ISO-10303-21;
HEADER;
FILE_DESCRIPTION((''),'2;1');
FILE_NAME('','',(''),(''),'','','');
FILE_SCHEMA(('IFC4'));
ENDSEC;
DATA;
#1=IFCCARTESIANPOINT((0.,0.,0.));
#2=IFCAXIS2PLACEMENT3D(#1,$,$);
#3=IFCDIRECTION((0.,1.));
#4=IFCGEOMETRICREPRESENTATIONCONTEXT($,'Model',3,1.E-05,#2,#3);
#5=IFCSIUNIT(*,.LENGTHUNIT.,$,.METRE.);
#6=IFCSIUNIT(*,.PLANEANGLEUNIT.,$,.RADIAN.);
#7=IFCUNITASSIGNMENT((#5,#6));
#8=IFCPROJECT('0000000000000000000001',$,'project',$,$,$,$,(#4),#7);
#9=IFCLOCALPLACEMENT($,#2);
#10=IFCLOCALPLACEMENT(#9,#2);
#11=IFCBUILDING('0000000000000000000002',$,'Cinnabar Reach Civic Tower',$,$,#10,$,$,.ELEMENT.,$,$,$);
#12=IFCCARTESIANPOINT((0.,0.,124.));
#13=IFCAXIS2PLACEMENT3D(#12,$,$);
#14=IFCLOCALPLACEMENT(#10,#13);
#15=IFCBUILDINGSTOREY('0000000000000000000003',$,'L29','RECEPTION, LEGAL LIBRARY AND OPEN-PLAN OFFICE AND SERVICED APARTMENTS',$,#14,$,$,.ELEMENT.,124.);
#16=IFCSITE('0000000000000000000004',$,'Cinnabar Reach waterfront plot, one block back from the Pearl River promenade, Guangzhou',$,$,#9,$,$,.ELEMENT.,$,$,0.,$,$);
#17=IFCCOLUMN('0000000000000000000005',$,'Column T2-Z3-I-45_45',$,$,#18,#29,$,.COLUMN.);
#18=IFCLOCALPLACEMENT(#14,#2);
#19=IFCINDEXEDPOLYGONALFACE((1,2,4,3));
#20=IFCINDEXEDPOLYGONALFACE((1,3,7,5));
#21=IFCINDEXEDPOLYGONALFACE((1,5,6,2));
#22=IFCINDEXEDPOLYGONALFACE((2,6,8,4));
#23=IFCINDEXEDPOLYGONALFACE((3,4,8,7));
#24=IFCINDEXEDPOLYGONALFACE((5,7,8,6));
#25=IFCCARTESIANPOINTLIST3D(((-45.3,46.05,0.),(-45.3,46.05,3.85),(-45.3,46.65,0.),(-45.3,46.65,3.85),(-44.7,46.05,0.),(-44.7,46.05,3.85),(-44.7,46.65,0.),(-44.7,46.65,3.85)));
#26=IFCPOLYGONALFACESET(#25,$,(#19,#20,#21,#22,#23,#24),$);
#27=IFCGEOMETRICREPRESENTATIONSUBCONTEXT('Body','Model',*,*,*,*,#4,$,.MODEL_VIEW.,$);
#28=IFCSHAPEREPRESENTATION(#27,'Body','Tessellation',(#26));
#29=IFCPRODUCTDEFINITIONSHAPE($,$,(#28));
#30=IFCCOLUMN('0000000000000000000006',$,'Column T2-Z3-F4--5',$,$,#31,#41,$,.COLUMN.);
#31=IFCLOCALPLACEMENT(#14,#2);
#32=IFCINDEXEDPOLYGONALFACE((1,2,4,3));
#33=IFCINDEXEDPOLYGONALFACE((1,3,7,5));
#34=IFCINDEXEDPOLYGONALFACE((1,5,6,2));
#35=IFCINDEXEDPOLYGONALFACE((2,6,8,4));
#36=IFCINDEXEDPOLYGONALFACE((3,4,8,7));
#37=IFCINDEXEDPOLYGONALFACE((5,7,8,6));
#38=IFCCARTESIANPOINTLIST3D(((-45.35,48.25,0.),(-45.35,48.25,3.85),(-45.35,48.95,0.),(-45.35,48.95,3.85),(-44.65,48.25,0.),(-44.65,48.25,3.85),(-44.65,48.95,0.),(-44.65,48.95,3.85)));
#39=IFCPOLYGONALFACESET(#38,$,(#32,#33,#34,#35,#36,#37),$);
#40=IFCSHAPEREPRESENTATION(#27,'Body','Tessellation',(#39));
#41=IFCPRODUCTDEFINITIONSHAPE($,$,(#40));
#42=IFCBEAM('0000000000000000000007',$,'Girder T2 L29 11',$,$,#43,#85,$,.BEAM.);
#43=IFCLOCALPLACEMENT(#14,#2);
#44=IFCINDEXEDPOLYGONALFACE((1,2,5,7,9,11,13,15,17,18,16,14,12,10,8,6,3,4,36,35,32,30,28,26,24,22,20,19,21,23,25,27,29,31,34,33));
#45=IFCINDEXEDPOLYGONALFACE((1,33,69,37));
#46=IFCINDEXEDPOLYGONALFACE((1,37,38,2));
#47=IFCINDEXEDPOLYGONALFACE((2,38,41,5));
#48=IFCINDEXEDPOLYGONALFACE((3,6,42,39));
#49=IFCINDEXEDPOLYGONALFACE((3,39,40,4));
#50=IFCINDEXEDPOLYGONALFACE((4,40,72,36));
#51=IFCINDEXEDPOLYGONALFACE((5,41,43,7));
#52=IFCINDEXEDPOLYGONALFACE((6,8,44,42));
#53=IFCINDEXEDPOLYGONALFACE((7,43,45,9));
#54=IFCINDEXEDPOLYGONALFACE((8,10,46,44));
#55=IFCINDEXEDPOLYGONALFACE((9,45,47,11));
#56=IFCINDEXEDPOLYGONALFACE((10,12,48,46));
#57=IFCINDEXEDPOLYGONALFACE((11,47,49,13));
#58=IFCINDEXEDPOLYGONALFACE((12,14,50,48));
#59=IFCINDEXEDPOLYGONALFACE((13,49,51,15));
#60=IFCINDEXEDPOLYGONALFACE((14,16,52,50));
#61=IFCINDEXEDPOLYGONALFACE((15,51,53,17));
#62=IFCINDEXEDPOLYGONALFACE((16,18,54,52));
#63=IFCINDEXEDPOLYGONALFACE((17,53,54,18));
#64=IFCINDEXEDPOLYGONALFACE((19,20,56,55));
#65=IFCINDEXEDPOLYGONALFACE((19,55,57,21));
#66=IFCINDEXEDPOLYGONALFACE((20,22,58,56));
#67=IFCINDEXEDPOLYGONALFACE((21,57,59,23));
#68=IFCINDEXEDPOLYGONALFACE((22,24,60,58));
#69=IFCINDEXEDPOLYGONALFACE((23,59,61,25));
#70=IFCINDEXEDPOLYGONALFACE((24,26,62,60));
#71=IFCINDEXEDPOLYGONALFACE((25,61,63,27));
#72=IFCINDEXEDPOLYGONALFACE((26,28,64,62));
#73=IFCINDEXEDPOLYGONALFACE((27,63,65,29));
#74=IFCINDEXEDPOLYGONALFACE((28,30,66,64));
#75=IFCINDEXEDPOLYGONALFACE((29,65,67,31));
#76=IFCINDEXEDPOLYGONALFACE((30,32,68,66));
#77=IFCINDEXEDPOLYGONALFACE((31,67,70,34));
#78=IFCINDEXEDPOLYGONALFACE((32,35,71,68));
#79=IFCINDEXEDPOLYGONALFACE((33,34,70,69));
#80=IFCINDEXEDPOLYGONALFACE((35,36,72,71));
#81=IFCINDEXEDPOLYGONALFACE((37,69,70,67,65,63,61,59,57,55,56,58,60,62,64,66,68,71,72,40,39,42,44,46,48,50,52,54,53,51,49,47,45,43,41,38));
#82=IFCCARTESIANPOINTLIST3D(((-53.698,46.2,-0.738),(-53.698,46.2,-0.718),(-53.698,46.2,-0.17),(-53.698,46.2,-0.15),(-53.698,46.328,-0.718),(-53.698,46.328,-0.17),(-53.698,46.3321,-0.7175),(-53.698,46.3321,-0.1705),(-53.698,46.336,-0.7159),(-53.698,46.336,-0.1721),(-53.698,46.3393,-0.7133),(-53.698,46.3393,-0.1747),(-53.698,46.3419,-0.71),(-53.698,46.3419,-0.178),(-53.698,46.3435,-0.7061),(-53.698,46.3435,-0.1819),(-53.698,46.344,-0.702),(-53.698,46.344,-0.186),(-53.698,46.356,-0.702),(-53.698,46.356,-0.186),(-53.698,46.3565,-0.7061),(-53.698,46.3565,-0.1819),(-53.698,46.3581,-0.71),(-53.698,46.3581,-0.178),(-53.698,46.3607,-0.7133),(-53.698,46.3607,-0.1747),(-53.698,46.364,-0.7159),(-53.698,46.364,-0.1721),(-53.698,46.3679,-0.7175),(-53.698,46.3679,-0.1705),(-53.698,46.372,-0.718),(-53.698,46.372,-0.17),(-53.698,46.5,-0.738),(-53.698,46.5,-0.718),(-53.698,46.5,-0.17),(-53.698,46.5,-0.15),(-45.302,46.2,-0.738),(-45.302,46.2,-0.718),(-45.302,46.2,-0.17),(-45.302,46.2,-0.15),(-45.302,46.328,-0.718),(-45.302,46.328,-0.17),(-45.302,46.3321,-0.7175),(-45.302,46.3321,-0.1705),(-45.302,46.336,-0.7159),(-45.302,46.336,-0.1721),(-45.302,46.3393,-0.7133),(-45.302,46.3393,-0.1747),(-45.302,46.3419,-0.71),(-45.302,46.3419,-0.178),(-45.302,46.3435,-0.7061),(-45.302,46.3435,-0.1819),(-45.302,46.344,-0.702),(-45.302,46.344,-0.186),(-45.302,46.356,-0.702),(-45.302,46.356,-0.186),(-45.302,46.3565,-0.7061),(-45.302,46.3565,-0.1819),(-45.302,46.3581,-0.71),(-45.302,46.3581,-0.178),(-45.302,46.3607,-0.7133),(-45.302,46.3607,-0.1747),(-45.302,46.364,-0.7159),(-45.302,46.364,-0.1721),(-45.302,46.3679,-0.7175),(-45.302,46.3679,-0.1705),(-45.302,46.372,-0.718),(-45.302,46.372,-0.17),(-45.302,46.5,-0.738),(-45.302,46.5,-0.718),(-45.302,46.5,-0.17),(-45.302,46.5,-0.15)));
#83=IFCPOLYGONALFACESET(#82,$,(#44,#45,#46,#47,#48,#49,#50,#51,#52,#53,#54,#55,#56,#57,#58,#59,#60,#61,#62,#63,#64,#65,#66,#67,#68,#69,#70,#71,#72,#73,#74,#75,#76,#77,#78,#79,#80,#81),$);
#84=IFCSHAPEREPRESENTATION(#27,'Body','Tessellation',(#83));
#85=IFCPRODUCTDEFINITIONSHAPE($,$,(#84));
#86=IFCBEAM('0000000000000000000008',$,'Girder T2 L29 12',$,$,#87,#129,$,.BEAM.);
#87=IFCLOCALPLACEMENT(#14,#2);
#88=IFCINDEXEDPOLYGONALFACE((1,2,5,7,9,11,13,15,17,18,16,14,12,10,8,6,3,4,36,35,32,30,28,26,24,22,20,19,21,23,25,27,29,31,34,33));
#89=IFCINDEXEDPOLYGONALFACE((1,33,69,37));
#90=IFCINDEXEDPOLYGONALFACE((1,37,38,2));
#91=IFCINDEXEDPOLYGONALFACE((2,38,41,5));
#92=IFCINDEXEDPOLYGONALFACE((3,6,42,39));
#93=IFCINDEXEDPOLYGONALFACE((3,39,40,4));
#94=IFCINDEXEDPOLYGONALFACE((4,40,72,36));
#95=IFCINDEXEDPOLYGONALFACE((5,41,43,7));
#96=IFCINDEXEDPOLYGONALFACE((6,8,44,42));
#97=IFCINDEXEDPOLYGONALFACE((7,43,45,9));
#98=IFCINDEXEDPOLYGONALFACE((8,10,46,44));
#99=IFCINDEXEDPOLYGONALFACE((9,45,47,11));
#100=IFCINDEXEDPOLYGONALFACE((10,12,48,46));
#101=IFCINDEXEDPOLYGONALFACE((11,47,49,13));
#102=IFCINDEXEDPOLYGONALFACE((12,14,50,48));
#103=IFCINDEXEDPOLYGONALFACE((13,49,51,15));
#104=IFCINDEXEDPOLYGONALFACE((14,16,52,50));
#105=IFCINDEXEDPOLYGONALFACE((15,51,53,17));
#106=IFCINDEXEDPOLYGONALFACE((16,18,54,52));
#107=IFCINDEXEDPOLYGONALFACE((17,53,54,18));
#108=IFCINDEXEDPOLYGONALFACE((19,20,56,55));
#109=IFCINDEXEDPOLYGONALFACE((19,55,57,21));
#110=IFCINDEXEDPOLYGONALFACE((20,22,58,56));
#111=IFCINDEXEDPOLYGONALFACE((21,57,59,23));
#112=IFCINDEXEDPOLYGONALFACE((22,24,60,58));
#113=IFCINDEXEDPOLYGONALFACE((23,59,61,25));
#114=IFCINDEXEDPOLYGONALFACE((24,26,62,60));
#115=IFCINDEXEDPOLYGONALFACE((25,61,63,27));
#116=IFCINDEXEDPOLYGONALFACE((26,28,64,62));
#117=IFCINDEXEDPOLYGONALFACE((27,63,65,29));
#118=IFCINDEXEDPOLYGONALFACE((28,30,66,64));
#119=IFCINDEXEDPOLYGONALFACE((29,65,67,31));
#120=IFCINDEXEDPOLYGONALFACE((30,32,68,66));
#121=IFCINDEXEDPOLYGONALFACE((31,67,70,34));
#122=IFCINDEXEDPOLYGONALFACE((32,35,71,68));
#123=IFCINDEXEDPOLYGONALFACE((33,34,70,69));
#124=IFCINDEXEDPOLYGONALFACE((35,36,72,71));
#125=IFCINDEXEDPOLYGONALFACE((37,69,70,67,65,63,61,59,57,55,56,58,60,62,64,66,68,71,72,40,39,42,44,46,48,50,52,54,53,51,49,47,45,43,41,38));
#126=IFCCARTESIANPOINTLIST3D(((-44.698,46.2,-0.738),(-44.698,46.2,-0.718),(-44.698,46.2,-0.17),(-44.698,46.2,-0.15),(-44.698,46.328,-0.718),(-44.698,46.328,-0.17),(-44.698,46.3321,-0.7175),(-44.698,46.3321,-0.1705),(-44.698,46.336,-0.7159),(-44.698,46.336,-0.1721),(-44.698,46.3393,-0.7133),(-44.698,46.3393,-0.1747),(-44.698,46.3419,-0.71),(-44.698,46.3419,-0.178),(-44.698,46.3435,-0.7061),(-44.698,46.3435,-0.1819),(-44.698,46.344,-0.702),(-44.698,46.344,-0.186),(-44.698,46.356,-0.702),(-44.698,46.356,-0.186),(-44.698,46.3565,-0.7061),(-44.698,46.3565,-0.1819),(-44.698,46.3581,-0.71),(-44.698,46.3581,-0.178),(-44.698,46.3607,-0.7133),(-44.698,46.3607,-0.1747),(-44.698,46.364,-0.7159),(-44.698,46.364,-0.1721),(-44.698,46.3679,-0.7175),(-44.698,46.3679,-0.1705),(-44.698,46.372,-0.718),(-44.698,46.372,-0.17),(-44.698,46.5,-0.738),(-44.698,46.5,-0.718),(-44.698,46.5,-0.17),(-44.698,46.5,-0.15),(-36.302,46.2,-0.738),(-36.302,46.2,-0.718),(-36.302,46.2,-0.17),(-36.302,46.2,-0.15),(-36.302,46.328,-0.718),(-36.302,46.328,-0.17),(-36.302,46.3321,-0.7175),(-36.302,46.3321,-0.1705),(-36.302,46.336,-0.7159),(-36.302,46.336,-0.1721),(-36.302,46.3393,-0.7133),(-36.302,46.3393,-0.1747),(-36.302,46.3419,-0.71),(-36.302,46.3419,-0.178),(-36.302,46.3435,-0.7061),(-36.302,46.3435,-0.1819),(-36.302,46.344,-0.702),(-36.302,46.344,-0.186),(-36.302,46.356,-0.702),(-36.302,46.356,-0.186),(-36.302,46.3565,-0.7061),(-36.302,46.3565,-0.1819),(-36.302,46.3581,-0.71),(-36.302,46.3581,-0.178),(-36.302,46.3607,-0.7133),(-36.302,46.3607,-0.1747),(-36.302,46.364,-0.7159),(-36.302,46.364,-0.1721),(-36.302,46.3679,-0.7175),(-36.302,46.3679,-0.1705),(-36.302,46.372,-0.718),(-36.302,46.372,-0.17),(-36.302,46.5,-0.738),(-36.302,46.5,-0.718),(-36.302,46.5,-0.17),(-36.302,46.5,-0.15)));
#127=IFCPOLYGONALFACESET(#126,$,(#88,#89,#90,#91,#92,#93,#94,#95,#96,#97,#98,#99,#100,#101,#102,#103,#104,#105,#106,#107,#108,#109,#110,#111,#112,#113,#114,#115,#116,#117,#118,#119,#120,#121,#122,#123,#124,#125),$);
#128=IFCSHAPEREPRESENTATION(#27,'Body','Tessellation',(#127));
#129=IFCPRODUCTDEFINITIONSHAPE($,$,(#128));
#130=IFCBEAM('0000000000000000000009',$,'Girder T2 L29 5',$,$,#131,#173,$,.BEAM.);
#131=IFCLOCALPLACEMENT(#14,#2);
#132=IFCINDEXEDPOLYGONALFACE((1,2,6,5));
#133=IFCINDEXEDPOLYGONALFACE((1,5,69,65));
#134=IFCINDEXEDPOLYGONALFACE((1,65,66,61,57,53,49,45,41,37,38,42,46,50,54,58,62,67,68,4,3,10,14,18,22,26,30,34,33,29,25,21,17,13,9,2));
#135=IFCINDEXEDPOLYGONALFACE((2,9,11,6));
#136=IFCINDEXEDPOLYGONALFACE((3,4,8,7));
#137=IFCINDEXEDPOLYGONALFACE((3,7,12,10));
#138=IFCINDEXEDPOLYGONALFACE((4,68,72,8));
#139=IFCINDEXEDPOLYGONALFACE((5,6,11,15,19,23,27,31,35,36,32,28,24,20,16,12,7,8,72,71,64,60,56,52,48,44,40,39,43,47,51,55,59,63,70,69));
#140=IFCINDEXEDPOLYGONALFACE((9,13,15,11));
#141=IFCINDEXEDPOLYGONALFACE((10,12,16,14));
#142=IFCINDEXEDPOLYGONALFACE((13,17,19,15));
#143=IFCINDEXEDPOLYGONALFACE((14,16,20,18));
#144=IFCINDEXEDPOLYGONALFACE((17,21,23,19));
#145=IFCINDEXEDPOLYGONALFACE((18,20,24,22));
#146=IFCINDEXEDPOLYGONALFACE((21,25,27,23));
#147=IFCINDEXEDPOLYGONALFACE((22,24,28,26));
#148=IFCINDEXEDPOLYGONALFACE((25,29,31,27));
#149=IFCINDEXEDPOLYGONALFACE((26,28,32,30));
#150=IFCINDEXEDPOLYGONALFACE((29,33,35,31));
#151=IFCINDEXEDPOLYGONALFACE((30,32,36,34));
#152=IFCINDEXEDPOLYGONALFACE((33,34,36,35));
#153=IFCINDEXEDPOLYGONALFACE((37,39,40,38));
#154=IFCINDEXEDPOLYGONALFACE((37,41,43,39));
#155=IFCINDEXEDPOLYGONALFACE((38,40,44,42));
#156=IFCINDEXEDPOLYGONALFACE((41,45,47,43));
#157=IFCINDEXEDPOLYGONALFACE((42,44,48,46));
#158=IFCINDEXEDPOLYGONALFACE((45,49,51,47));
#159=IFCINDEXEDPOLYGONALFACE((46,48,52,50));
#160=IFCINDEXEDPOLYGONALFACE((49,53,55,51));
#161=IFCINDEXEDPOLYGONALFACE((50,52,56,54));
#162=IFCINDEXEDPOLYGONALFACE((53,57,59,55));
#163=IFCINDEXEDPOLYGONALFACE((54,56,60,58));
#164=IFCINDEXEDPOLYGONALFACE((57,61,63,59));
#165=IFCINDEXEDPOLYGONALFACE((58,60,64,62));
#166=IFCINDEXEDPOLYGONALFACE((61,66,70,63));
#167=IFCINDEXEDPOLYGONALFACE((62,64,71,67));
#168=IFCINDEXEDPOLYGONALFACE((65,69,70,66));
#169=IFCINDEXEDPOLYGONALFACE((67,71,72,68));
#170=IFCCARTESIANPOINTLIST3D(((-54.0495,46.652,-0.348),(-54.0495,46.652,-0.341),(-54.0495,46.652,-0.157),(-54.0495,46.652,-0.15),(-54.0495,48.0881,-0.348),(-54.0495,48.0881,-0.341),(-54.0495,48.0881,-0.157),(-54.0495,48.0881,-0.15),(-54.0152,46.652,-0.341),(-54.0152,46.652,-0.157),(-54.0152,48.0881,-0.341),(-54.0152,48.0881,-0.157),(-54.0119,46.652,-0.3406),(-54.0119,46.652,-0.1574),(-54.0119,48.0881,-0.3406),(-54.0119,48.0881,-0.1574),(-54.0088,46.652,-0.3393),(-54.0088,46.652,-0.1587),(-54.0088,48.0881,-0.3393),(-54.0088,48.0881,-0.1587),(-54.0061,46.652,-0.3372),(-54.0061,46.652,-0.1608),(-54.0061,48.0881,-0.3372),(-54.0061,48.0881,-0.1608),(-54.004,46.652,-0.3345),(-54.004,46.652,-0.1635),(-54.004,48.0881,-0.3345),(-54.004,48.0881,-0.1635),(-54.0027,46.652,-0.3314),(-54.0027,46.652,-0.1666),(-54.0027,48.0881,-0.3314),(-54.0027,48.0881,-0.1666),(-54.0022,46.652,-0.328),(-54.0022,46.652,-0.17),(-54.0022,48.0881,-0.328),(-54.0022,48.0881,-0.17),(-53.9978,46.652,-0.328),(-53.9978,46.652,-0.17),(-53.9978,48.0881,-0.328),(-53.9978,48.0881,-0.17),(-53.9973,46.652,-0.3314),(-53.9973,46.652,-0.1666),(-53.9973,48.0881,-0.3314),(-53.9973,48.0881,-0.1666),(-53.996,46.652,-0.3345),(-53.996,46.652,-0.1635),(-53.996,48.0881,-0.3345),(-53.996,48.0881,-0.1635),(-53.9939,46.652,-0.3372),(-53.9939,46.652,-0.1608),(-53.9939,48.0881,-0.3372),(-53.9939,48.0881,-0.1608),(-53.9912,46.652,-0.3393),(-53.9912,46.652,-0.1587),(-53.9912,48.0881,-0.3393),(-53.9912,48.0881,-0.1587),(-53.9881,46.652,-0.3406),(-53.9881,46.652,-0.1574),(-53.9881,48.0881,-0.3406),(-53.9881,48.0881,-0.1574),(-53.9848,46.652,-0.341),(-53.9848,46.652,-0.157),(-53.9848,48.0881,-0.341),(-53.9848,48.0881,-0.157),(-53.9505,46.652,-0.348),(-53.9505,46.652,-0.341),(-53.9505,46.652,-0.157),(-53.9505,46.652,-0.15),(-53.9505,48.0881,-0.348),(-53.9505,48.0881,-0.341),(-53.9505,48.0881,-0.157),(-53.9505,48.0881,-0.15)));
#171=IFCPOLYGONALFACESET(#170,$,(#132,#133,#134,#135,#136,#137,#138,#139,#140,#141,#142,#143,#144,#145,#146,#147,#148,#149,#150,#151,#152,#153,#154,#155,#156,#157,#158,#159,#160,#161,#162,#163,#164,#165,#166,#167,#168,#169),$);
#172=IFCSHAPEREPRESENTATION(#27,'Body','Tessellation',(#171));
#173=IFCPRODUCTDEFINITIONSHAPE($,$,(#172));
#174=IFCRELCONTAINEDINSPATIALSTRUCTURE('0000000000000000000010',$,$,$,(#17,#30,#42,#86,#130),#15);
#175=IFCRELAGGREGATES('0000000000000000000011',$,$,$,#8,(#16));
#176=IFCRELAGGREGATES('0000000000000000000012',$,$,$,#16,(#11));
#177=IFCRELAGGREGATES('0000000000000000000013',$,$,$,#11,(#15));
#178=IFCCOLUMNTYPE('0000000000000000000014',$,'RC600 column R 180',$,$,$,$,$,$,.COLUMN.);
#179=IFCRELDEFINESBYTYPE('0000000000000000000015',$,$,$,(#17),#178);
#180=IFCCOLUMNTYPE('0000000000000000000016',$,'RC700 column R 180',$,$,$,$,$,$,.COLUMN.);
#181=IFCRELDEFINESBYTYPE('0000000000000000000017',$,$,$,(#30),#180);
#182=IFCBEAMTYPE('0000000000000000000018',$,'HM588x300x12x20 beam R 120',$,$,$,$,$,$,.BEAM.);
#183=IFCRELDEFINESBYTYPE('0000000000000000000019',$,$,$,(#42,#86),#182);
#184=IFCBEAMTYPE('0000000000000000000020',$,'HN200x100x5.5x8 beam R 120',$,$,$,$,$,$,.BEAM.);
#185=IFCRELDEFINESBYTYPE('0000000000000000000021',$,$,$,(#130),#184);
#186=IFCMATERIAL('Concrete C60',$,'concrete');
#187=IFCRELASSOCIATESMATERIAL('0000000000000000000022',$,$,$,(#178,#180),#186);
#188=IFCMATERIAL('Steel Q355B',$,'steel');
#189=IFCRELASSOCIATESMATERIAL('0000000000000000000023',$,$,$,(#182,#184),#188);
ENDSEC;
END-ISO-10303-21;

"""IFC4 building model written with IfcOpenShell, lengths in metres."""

from ifc_helpers import new_model, si_unit, direction, frame, origin, origin_2d, place, context, subcontext, project, spatial, rectangle, i_section, extrude, material, material_profile, profile_set, type_object, element, save


model = new_model("IFC4")

# Units and contexts
model_context = context("Model", 3, precision=1e-05, world=origin(), true_north=direction((0.0, 1.0)))
body_context = subcontext(model_context, "Body", "Model", "MODEL_VIEW")
ifc_project = project(units=[si_unit("LENGTHUNIT", "METRE"), si_unit("PLANEANGLEUNIT", "RADIAN")], contexts=[model_context])

# Site, building, storey
site_placement = place(None, origin())
site = spatial("IfcSite", under=ifc_project, at=site_placement, Name="Cinnabar Reach waterfront plot, one block back from the Pearl River promenade, Guangzhou", CompositionType="ELEMENT", RefElevation=0.0)
building_placement = place(site_placement, origin())
building = spatial("IfcBuilding", under=site, at=building_placement, Name="Cinnabar Reach Civic Tower", CompositionType="ELEMENT")
storey_placement = place(building_placement, frame((0.0, 0.0, 124.0)))
storey = spatial("IfcBuildingStorey", under=building, at=storey_placement, Name="L29", Description="RECEPTION, LEGAL LIBRARY AND OPEN-PLAN OFFICE AND SERVICED APARTMENTS", CompositionType="ELEMENT", Elevation=124.0)

# Columns
ifc_material_1 = material(Name="Concrete C60", Category="concrete")
ifc_material_profile_1 = material_profile(ifc_material_1, rectangle(XDim=0.6, YDim=0.6, at=origin_2d()), Name="RC600")
ifc_profile_set_1 = profile_set([ifc_material_profile_1], Name="Concrete C60")
column_type_1 = type_object("IfcColumnType", Name="RC600 column R 180", PredefinedType="COLUMN", material=ifc_profile_set_1)
column_1_placement = place(storey_placement, frame((-45.0, 46.35, 0.0), z_axis=(0.0, 0.0, 1.0), x_axis=(1.0, 0.0, 0.0)))
element("IfcColumn", 1, at=column_1_placement, inside=storey, type_object=column_type_1, Name="Column T2-Z3-I-45_45", PredefinedType="COLUMN", context=body_context, shape_type="SweptSolid", body=[
    extrude(rectangle(XDim=0.6, YDim=0.6, at=origin_2d()), origin(), (0.0, 0.0, 1.0), 3.85),
])
ifc_material_profile_2 = material_profile(ifc_material_1, rectangle(XDim=0.7, YDim=0.7, at=origin_2d()), Name="RC700")
ifc_profile_set_2 = profile_set([ifc_material_profile_2], Name="Concrete C60")
column_type_2 = type_object("IfcColumnType", Name="RC700 column R 180", PredefinedType="COLUMN", material=ifc_profile_set_2)
column_2_placement = place(storey_placement, frame((-45.0, 48.6, 0.0), z_axis=(0.0, 0.0, 1.0), x_axis=(1.0, 0.0, 0.0)))
element("IfcColumn", 2, at=column_2_placement, inside=storey, type_object=column_type_2, Name="Column T2-Z3-F4--5", PredefinedType="COLUMN", context=body_context, shape_type="SweptSolid", body=[
    extrude(rectangle(XDim=0.7, YDim=0.7, at=origin_2d()), origin(), (0.0, 0.0, 1.0), 3.85),
])

# Beams
ifc_material_2 = material(Name="Steel Q355B", Category="steel")
ifc_material_profile_3 = material_profile(ifc_material_2, i_section(OverallWidth=0.3, OverallDepth=0.588, WebThickness=0.012, FlangeThickness=0.02, FilletRadius=0.016, at=origin_2d()), Name="HM588x300x12x20")
ifc_profile_set_3 = profile_set([ifc_material_profile_3], Name="Steel Q355B")
beam_type_1 = type_object("IfcBeamType", Name="HM588x300x12x20 beam R 120", PredefinedType="BEAM", material=ifc_profile_set_3)
for number, where, z_axis, x_axis, name in (
    (3, (-53.698, 46.35, -0.444), (1.0, 0.0, 0.0), (0.0, 1.0, 0.0), "Girder T2 L29 11"),
    (4, (-44.698, 46.35, -0.444), (1.0, 0.0, 0.0), (0.0, 1.0, 0.0), "Girder T2 L29 12"),
):
    element("IfcBeam", number, at=place(storey_placement, frame(where, z_axis=z_axis, x_axis=x_axis)), inside=storey, type_object=beam_type_1, Name=name, PredefinedType="BEAM", context=body_context, shape_type="SweptSolid", body=[
        extrude(i_section(OverallWidth=0.3, OverallDepth=0.588, WebThickness=0.012, FlangeThickness=0.02, FilletRadius=0.016, at=origin_2d()), origin(), (0.0, 0.0, 1.0), 8.396),
    ])
ifc_material_profile_4 = material_profile(ifc_material_2, i_section(OverallWidth=0.099, OverallDepth=0.198, WebThickness=0.0045, FlangeThickness=0.007, FilletRadius=0.013, at=origin_2d()), Name="HN200x100x5.5x8")
ifc_profile_set_4 = profile_set([ifc_material_profile_4], Name="Steel Q355B")
beam_type_2 = type_object("IfcBeamType", Name="HN200x100x5.5x8 beam R 120", PredefinedType="BEAM", material=ifc_profile_set_4)
beam_1_placement = place(storey_placement, frame((-54.0, 46.652, -0.249), z_axis=(0.0, 1.0, 0.0), x_axis=(-1.0, 0.0, 0.0)))
element("IfcBeam", 5, at=beam_1_placement, inside=storey, type_object=beam_type_2, Name="Girder T2 L29 5", PredefinedType="BEAM", context=body_context, shape_type="SweptSolid", body=[
    extrude(i_section(OverallWidth=0.099, OverallDepth=0.198, WebThickness=0.0045, FlangeThickness=0.007, FilletRadius=0.013, at=origin_2d()), origin(), (0.0, 0.0, 1.0), 1.4361),
])

save(model, "model.ifc")
